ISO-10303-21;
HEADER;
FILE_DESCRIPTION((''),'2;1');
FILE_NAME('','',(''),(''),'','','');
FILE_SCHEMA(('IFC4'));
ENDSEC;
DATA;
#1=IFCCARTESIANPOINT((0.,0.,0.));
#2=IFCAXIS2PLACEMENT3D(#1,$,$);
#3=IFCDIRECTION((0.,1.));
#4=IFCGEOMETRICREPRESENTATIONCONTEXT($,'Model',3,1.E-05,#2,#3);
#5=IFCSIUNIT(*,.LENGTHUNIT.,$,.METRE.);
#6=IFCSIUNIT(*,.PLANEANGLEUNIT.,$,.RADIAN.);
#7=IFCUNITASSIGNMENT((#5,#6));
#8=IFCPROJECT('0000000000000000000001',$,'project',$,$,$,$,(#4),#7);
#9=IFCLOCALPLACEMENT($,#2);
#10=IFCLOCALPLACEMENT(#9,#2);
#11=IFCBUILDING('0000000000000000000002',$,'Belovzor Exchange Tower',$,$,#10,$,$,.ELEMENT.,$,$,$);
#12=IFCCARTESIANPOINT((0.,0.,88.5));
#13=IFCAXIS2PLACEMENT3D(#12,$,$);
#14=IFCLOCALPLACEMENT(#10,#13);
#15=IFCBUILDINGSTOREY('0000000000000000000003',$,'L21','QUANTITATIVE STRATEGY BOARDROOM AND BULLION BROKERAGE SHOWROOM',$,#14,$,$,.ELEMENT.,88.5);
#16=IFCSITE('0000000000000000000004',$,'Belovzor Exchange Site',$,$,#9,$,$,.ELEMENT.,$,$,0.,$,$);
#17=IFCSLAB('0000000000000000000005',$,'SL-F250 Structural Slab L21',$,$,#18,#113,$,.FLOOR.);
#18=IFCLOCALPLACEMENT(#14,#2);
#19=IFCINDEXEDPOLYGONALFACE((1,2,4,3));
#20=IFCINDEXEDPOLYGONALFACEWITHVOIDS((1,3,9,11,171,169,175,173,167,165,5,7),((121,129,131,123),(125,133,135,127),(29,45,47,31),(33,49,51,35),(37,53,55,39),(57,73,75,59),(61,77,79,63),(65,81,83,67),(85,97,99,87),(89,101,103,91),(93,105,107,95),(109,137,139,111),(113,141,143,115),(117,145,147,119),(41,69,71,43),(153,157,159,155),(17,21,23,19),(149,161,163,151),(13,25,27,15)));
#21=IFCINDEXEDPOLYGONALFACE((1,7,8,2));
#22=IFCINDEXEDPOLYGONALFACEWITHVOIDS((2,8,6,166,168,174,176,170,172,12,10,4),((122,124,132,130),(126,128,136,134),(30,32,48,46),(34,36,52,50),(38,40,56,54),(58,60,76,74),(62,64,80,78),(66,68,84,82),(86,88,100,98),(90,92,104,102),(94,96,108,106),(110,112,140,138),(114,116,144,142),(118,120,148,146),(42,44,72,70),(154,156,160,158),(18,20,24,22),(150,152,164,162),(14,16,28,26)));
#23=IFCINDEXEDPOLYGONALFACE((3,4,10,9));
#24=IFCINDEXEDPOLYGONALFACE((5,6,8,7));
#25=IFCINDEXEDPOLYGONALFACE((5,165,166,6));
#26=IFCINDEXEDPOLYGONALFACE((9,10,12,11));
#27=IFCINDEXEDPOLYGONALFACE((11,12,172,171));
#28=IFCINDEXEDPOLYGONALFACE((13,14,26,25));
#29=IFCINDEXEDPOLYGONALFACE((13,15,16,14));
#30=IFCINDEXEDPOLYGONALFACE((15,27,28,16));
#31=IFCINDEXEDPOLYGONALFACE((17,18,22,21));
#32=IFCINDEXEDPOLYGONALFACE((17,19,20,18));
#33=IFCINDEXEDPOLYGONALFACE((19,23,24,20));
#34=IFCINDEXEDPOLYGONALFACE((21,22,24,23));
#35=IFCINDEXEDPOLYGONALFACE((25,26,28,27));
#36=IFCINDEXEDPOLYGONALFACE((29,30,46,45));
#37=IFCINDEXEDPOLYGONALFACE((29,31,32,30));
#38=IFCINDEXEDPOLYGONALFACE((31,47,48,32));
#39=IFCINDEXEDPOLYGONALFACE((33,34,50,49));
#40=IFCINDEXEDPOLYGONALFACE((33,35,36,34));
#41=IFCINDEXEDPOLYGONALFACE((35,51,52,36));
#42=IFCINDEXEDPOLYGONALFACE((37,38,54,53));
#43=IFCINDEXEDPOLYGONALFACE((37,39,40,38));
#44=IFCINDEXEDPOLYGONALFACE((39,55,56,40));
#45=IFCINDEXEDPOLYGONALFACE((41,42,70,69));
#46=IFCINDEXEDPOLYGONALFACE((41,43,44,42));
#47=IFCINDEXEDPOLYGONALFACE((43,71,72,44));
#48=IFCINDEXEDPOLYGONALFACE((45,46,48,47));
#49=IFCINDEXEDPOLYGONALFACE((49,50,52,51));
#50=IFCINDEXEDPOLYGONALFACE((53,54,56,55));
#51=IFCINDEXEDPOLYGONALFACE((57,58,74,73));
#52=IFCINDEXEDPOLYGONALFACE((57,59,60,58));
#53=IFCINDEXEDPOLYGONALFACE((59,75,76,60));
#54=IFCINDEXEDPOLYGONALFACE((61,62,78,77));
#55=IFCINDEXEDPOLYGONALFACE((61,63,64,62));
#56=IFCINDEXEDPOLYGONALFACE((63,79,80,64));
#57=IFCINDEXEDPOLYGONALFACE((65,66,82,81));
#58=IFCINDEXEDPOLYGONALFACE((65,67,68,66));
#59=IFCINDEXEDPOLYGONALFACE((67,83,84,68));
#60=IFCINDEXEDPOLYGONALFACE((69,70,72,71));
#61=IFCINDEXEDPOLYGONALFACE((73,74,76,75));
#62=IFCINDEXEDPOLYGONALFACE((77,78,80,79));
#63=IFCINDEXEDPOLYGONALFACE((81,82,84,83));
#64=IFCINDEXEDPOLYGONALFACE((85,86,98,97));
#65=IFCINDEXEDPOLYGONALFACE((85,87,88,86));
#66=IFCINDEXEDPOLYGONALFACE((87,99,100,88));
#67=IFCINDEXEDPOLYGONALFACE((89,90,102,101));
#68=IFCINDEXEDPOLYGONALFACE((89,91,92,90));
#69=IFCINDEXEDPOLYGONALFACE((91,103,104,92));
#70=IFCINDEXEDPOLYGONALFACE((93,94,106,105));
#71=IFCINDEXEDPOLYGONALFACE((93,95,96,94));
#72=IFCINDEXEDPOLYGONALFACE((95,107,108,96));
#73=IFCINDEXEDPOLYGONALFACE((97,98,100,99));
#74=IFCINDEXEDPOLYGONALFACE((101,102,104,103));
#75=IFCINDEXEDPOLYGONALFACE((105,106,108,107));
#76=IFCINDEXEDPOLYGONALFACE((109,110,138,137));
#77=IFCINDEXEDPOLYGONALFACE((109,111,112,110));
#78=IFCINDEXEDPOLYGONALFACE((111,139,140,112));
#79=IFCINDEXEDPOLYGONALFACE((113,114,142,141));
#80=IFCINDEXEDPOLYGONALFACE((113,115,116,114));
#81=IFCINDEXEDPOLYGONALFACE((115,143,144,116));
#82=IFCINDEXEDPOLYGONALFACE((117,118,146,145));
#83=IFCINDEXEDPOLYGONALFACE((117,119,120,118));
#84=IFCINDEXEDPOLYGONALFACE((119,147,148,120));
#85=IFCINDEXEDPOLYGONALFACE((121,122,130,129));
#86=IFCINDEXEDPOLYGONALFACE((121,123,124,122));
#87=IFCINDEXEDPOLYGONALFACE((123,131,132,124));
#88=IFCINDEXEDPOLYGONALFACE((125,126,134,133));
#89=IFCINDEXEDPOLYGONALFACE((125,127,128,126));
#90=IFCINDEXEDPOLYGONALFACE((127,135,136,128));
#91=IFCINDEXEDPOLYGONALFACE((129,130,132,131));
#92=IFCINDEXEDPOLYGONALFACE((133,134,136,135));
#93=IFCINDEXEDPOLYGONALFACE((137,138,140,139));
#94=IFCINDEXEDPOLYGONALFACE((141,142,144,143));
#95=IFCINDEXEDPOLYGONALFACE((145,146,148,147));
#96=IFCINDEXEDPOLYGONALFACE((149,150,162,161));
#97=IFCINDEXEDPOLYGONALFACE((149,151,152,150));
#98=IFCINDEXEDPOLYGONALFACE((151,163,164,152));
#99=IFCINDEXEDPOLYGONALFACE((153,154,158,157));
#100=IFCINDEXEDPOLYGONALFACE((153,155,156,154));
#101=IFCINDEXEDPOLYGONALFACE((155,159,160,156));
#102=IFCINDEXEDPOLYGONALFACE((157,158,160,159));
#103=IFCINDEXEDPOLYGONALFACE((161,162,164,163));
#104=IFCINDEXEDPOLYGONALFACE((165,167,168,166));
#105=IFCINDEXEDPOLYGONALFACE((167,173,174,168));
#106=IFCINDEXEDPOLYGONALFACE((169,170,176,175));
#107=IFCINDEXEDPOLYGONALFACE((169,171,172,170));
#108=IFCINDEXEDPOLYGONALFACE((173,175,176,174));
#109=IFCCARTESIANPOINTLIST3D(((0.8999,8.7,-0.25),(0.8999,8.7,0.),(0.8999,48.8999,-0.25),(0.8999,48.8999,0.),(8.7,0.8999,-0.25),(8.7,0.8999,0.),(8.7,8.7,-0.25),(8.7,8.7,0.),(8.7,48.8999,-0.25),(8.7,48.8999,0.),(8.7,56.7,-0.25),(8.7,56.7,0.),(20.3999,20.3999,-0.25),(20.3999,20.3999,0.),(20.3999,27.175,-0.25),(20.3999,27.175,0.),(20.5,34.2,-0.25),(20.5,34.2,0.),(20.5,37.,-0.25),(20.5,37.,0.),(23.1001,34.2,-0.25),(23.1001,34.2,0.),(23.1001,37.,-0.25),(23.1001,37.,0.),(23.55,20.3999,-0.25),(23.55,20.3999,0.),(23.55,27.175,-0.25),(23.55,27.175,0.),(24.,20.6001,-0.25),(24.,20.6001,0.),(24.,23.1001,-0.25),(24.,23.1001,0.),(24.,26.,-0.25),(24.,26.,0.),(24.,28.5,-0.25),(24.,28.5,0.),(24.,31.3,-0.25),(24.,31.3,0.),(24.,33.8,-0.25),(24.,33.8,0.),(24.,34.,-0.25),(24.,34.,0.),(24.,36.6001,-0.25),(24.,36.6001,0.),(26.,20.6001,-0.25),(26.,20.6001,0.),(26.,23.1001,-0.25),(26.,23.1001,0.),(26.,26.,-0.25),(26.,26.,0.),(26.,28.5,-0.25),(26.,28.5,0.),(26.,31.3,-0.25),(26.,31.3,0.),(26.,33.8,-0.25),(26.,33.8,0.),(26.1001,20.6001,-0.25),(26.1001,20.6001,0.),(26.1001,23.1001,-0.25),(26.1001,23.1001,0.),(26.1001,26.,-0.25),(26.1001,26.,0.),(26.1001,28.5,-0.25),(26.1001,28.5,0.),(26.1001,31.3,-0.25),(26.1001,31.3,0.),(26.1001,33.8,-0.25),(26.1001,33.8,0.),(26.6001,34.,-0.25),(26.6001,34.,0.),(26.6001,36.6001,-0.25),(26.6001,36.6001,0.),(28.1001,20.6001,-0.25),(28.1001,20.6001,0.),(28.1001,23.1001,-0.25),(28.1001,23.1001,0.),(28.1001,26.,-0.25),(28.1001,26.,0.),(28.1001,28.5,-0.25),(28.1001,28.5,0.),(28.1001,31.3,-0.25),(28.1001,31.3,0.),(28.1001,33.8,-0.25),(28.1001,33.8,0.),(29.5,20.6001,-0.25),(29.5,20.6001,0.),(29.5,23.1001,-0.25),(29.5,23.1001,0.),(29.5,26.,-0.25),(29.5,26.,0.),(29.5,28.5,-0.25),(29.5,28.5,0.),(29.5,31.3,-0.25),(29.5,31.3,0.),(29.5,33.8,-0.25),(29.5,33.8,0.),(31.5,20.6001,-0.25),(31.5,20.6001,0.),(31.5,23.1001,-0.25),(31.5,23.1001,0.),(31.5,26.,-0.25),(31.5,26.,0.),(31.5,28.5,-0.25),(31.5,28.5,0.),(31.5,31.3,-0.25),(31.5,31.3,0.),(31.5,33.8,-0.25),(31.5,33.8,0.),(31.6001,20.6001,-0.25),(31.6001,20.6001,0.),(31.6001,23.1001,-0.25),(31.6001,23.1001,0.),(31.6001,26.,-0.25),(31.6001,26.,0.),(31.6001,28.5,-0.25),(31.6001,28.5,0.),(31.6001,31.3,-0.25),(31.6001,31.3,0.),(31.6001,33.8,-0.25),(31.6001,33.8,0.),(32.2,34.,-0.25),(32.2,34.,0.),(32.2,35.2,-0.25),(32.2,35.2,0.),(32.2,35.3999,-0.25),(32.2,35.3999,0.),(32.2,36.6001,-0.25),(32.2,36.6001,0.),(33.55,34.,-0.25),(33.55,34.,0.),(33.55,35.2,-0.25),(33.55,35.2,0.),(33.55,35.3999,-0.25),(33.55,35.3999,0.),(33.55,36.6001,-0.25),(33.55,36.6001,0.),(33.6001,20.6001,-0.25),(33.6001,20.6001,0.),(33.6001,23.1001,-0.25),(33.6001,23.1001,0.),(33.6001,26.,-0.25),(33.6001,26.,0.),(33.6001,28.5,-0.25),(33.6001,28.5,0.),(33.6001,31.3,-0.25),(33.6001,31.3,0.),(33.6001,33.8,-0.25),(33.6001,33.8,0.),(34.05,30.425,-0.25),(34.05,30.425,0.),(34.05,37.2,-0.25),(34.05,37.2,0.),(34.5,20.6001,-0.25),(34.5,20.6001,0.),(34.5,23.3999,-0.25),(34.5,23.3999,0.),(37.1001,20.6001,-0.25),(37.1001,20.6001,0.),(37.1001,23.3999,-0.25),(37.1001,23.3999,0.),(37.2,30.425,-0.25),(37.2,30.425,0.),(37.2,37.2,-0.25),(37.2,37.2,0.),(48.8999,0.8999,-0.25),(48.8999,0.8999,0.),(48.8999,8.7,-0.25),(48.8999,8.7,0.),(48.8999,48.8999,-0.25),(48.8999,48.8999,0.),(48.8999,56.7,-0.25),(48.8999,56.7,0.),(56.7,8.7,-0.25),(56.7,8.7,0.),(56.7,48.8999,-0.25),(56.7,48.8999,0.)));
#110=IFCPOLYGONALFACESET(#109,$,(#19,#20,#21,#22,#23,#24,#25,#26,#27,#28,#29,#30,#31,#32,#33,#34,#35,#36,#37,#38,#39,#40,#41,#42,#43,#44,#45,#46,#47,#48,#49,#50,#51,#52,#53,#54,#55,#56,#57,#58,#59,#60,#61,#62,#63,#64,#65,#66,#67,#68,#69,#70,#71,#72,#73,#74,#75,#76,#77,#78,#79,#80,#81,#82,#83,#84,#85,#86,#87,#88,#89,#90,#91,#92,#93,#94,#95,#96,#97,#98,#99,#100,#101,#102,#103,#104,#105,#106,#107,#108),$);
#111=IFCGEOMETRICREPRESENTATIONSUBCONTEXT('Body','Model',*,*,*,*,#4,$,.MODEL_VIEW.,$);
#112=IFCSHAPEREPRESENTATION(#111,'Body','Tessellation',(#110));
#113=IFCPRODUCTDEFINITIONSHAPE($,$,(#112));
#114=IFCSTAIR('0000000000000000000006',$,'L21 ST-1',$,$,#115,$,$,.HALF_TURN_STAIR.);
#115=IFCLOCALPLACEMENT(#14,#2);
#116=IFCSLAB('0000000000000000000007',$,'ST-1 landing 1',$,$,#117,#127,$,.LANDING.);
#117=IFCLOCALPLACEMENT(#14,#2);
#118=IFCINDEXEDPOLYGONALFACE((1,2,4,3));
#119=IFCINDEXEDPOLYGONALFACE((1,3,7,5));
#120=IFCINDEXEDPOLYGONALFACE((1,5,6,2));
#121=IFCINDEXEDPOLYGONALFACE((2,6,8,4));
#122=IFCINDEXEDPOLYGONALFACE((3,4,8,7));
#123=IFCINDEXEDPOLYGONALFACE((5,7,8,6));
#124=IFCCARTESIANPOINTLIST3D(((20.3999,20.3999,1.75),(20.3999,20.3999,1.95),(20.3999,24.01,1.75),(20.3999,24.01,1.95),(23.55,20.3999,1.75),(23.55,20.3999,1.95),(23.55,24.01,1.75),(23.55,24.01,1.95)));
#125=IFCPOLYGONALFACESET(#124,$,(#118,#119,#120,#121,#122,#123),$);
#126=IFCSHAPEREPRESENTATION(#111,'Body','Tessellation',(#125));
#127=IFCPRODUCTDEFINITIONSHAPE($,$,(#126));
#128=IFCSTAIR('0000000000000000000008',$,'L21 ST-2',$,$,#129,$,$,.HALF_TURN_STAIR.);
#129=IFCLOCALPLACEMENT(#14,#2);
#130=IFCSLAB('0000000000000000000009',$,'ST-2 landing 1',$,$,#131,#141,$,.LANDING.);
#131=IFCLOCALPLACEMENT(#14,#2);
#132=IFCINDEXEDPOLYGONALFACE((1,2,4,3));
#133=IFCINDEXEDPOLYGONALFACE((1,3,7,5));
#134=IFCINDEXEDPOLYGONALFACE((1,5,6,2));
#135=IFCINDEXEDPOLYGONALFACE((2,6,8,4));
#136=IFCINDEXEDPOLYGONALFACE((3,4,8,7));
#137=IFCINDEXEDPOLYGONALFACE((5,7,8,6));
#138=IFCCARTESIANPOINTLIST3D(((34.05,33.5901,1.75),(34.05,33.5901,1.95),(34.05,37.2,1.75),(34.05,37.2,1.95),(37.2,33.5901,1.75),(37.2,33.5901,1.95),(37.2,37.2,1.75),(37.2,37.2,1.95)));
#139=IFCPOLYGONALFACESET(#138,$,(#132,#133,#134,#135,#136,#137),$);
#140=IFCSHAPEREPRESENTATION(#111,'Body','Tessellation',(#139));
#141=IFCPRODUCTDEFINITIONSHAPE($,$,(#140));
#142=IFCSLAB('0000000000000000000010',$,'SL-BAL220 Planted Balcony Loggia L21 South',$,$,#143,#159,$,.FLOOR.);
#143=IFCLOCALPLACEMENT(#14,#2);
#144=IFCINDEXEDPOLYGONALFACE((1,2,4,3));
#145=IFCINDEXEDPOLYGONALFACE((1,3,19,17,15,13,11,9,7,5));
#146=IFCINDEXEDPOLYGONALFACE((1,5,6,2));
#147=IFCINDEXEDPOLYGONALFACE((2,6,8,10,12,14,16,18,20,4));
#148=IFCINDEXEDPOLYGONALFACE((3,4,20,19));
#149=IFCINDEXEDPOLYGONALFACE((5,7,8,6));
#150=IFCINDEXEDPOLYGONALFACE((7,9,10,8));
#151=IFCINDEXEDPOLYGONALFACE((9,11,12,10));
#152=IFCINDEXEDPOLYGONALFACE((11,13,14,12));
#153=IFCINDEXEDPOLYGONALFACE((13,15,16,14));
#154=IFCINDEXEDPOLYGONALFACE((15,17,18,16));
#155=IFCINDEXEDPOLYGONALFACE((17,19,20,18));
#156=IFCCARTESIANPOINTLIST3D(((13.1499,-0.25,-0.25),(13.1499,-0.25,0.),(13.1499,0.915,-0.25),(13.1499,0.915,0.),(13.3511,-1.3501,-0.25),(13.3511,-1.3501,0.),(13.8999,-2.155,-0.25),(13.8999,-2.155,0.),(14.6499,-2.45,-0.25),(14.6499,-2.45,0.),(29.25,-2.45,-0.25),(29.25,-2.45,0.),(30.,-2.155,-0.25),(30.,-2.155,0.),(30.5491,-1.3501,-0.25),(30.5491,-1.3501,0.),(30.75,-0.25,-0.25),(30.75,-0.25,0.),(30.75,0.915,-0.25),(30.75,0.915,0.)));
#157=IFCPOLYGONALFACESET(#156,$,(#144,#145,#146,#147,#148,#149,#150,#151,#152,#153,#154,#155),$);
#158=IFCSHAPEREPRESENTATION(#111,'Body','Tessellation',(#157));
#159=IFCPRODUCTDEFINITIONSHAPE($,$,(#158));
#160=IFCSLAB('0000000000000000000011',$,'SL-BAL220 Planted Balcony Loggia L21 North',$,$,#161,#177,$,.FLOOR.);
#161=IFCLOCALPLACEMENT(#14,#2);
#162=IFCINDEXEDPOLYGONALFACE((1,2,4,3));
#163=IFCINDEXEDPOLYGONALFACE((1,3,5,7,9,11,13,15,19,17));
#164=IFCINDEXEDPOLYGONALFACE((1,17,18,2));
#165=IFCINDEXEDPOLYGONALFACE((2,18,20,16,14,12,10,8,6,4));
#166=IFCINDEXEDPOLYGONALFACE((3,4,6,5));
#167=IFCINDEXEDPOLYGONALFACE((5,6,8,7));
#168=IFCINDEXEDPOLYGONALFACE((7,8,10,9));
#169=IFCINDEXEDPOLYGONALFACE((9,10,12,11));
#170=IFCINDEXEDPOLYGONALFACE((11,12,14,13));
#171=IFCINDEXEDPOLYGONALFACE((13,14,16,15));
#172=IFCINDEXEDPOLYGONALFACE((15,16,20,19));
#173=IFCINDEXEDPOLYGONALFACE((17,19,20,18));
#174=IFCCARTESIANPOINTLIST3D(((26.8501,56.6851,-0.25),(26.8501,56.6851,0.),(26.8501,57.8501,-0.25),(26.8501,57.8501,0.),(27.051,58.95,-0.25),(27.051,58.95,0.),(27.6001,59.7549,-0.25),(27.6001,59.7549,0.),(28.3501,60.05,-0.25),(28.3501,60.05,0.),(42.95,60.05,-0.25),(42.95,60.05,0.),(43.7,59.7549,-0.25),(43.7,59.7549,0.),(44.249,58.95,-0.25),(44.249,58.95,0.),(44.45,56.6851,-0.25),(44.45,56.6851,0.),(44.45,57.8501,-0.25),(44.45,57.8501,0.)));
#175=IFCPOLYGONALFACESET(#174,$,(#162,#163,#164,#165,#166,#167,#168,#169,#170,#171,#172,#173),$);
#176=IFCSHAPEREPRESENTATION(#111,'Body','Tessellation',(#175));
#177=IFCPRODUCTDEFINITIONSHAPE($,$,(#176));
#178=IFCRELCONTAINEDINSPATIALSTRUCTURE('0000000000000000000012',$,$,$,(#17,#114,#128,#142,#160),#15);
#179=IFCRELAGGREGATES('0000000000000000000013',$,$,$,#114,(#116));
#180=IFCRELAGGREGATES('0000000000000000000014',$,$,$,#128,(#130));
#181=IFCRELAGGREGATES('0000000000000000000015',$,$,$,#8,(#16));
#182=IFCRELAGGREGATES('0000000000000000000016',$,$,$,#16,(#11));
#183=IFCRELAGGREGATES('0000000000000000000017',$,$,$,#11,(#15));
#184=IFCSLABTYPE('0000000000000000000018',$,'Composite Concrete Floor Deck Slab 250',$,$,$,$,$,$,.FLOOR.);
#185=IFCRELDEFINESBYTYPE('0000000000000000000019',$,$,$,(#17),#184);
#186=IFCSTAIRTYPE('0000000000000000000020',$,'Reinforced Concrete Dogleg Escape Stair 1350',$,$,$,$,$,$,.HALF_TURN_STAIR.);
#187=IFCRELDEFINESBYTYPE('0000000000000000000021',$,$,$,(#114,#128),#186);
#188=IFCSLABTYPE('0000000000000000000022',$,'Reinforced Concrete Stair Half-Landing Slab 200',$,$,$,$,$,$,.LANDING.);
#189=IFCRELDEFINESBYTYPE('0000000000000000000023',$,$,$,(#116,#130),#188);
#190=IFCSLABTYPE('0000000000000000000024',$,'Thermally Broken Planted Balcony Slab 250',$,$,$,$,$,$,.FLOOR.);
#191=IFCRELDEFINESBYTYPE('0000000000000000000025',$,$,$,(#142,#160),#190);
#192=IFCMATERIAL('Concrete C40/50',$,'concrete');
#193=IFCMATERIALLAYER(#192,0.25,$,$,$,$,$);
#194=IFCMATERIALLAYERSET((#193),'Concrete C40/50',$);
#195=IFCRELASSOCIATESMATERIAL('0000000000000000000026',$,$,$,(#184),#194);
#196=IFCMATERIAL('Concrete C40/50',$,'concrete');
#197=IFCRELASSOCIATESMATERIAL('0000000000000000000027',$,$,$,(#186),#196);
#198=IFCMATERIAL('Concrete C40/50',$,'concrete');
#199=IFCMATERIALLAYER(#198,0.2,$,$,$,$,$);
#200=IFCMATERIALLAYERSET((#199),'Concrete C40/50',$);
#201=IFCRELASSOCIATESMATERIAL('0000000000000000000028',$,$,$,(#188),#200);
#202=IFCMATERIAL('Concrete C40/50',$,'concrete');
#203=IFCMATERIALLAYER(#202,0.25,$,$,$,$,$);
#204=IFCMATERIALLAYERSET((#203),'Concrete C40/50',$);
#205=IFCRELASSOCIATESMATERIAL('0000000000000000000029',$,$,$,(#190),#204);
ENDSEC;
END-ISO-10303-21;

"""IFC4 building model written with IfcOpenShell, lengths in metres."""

from ifc_helpers import new_model, si_unit, direction, frame, origin, place, context, subcontext, project, spatial, polyline, outline, extrude, material, layer, layer_set, type_object, element, aggregate, save


model = new_model("IFC4")

# Units and contexts
model_context = context("Model", 3, precision=1e-05, world=origin(), true_north=direction((0.0, 1.0)))
body_context = subcontext(model_context, "Body", "Model", "MODEL_VIEW")
ifc_project = project(units=[si_unit("LENGTHUNIT", "METRE"), si_unit("PLANEANGLEUNIT", "RADIAN")], contexts=[model_context])

# Site, building, storey
site_placement = place(None, origin())
site = spatial("IfcSite", under=ifc_project, at=site_placement, Name="Belovzor Exchange Site", CompositionType="ELEMENT", RefElevation=0.0)
building_placement = place(site_placement, origin())
building = spatial("IfcBuilding", under=site, at=building_placement, Name="Belovzor Exchange Tower", CompositionType="ELEMENT")
storey_placement = place(building_placement, frame((0.0, 0.0, 88.5)))
storey = spatial("IfcBuildingStorey", under=building, at=storey_placement, Name="L21", Description="QUANTITATIVE STRATEGY BOARDROOM AND BULLION BROKERAGE SHOWROOM", CompositionType="ELEMENT", Elevation=88.5)

# Slab
ifc_material_1 = material(Name="Concrete C40/50", Category="concrete")
ifc_layer_1 = layer(ifc_material_1, 0.25)
ifc_layer_set_1 = layer_set([ifc_layer_1], Name="Concrete C40/50")
slab_type_1 = type_object("IfcSlabType", Name="Composite Concrete Floor Deck Slab 250", PredefinedType="FLOOR", material=ifc_layer_set_1)
slab_1_placement = place(storey_placement, frame((0.0, 0.0, -0.25)))
element("IfcSlab", 1, at=slab_1_placement, inside=storey, type_object=slab_type_1, Name="SL-F250 Structural Slab L21", PredefinedType="FLOOR", context=body_context, shape_type="SweptSolid", body=[
    extrude(outline(polyline([(8.7, 0.8999), (48.8999, 0.8999), (48.8999, 8.7), (56.7, 8.7), (56.7, 48.8999), (48.8999, 48.8999), (48.8999, 56.7), (8.7, 56.7), (8.7, 48.8999), (0.8999, 48.8999), (0.8999, 8.7), (8.7, 8.7), (8.7, 0.8999)]), holes=[polyline([(20.3999, 27.175), (20.3999, 20.3999), (23.55, 20.3999), (23.55, 27.175), (20.3999, 27.175)]), polyline([(37.2, 30.425), (37.2, 37.2), (34.05, 37.2), (34.05, 30.425), (37.2, 30.425)]), polyline([(20.5, 34.2), (23.1001, 34.2), (23.1001, 37.0), (20.5, 37.0), (20.5, 34.2)]), polyline([(34.5, 20.6001), (37.1001, 20.6001), (37.1001, 23.3999), (34.5, 23.3999), (34.5, 20.6001)]), polyline([(24.0, 34.0), (26.6001, 34.0), (26.6001, 36.6001), (24.0, 36.6001), (24.0, 34.0)]), polyline([(24.0, 20.6001), (26.0, 20.6001), (26.0, 23.1001), (24.0, 23.1001), (24.0, 20.6001)]), polyline([(26.1001, 20.6001), (28.1001, 20.6001), (28.1001, 23.1001), (26.1001, 23.1001), (26.1001, 20.6001)]), polyline([(29.5, 20.6001), (31.5, 20.6001), (31.5, 23.1001), (29.5, 23.1001), (29.5, 20.6001)]), polyline([(31.6001, 20.6001), (33.6001, 20.6001), (33.6001, 23.1001), (31.6001, 23.1001), (31.6001, 20.6001)]), polyline([(24.0, 26.0), (26.0, 26.0), (26.0, 28.5), (24.0, 28.5), (24.0, 26.0)]), polyline([(26.1001, 26.0), (28.1001, 26.0), (28.1001, 28.5), (26.1001, 28.5), (26.1001, 26.0)]), polyline([(29.5, 26.0), (31.5, 26.0), (31.5, 28.5), (29.5, 28.5), (29.5, 26.0)]), polyline([(31.6001, 26.0), (33.6001, 26.0), (33.6001, 28.5), (31.6001, 28.5), (31.6001, 26.0)]), polyline([(24.0, 31.3), (26.0, 31.3), (26.0, 33.8), (24.0, 33.8), (24.0, 31.3)]), polyline([(26.1001, 31.3), (28.1001, 31.3), (28.1001, 33.8), (26.1001, 33.8), (26.1001, 31.3)]), polyline([(29.5, 31.3), (31.5, 31.3), (31.5, 33.8), (29.5, 33.8), (29.5, 31.3)]), polyline([(31.6001, 31.3), (33.6001, 31.3), (33.6001, 33.8), (31.6001, 33.8), (31.6001, 31.3)]), polyline([(32.2, 34.0), (33.55, 34.0), (33.55, 35.2), (32.2, 35.2), (32.2, 34.0)]), polyline([(32.2, 35.3999), (33.55, 35.3999), (33.55, 36.6001), (32.2, 36.6001), (32.2, 35.3999)])]), origin(), (0.0, 0.0, 1.0), 0.25),
])

# Stairs, slabs
ifc_material_2 = material(Name="Concrete C40/50", Category="concrete")
stair_type = type_object("IfcStairType", Name="Reinforced Concrete Dogleg Escape Stair 1350", PredefinedType="HALF_TURN_STAIR", material=ifc_material_2)
stair_1_placement = place(storey_placement, origin())
stair_1 = element("IfcStair", 2, at=stair_1_placement, inside=storey, type_object=stair_type, Name="L21 ST-1", PredefinedType="HALF_TURN_STAIR")
ifc_material_3 = material(Name="Concrete C40/50", Category="concrete")
ifc_layer_2 = layer(ifc_material_3, 0.2)
ifc_layer_set_2 = layer_set([ifc_layer_2], Name="Concrete C40/50")
slab_type_2 = type_object("IfcSlabType", Name="Reinforced Concrete Stair Half-Landing Slab 200", PredefinedType="LANDING", material=ifc_layer_set_2)
slab_2_placement = place(storey_placement, frame((0.0, 0.0, 1.75)))
slab_2 = element("IfcSlab", 3, at=slab_2_placement, type_object=slab_type_2, Name="ST-1 landing 1", PredefinedType="LANDING", context=body_context, shape_type="SweptSolid", body=[
    extrude(outline(polyline([(20.3999, 24.01), (20.3999, 20.3999), (23.55, 20.3999), (23.55, 24.01), (20.3999, 24.01)])), origin(), (0.0, 0.0, 1.0), 0.2),
])
aggregate(stair_1, [slab_2])
stair_2_placement = place(storey_placement, origin())
stair_2 = element("IfcStair", 4, at=stair_2_placement, inside=storey, type_object=stair_type, Name="L21 ST-2", PredefinedType="HALF_TURN_STAIR")
slab_3_placement = place(storey_placement, frame((0.0, 0.0, 1.75)))
slab_3 = element("IfcSlab", 5, at=slab_3_placement, type_object=slab_type_2, Name="ST-2 landing 1", PredefinedType="LANDING", context=body_context, shape_type="SweptSolid", body=[
    extrude(outline(polyline([(37.2, 33.5901), (37.2, 37.2), (34.05, 37.2), (34.05, 33.5901), (37.2, 33.5901)])), origin(), (0.0, 0.0, 1.0), 0.2),
])
aggregate(stair_2, [slab_3])

# Slabs
ifc_material_4 = material(Name="Concrete C40/50", Category="concrete")
ifc_layer_3 = layer(ifc_material_4, 0.25)
ifc_layer_set_3 = layer_set([ifc_layer_3], Name="Concrete C40/50")
slab_type_3 = type_object("IfcSlabType", Name="Thermally Broken Planted Balcony Slab 250", PredefinedType="FLOOR", material=ifc_layer_set_3)
slab_4_placement = place(storey_placement, frame((0.0, 0.0, -0.25)))
element("IfcSlab", 6, at=slab_4_placement, inside=storey, type_object=slab_type_3, Name="SL-BAL220 Planted Balcony Loggia L21 South", PredefinedType="FLOOR", context=body_context, shape_type="SweptSolid", body=[
    extrude(outline(polyline([(13.1499, 0.915), (13.1499, -0.25), (13.3511, -1.3501), (13.8999, -2.155), (14.6499, -2.45), (29.25, -2.45), (30.0, -2.155), (30.5491, -1.3501), (30.75, -0.25), (30.75, 0.915), (13.1499, 0.915)])), origin(), (0.0, 0.0, 1.0), 0.25),
])
slab_5_placement = place(storey_placement, frame((0.0, 0.0, -0.25)))
element("IfcSlab", 7, at=slab_5_placement, inside=storey, type_object=slab_type_3, Name="SL-BAL220 Planted Balcony Loggia L21 North", PredefinedType="FLOOR", context=body_context, shape_type="SweptSolid", body=[
    extrude(outline(polyline([(44.45, 56.6851), (44.45, 57.8501), (44.249, 58.95), (43.7, 59.7549), (42.95, 60.05), (28.3501, 60.05), (27.6001, 59.7549), (27.051, 58.95), (26.8501, 57.8501), (26.8501, 56.6851), (44.45, 56.6851)])), origin(), (0.0, 0.0, 1.0), 0.25),
])

save(model, "model.ifc")
